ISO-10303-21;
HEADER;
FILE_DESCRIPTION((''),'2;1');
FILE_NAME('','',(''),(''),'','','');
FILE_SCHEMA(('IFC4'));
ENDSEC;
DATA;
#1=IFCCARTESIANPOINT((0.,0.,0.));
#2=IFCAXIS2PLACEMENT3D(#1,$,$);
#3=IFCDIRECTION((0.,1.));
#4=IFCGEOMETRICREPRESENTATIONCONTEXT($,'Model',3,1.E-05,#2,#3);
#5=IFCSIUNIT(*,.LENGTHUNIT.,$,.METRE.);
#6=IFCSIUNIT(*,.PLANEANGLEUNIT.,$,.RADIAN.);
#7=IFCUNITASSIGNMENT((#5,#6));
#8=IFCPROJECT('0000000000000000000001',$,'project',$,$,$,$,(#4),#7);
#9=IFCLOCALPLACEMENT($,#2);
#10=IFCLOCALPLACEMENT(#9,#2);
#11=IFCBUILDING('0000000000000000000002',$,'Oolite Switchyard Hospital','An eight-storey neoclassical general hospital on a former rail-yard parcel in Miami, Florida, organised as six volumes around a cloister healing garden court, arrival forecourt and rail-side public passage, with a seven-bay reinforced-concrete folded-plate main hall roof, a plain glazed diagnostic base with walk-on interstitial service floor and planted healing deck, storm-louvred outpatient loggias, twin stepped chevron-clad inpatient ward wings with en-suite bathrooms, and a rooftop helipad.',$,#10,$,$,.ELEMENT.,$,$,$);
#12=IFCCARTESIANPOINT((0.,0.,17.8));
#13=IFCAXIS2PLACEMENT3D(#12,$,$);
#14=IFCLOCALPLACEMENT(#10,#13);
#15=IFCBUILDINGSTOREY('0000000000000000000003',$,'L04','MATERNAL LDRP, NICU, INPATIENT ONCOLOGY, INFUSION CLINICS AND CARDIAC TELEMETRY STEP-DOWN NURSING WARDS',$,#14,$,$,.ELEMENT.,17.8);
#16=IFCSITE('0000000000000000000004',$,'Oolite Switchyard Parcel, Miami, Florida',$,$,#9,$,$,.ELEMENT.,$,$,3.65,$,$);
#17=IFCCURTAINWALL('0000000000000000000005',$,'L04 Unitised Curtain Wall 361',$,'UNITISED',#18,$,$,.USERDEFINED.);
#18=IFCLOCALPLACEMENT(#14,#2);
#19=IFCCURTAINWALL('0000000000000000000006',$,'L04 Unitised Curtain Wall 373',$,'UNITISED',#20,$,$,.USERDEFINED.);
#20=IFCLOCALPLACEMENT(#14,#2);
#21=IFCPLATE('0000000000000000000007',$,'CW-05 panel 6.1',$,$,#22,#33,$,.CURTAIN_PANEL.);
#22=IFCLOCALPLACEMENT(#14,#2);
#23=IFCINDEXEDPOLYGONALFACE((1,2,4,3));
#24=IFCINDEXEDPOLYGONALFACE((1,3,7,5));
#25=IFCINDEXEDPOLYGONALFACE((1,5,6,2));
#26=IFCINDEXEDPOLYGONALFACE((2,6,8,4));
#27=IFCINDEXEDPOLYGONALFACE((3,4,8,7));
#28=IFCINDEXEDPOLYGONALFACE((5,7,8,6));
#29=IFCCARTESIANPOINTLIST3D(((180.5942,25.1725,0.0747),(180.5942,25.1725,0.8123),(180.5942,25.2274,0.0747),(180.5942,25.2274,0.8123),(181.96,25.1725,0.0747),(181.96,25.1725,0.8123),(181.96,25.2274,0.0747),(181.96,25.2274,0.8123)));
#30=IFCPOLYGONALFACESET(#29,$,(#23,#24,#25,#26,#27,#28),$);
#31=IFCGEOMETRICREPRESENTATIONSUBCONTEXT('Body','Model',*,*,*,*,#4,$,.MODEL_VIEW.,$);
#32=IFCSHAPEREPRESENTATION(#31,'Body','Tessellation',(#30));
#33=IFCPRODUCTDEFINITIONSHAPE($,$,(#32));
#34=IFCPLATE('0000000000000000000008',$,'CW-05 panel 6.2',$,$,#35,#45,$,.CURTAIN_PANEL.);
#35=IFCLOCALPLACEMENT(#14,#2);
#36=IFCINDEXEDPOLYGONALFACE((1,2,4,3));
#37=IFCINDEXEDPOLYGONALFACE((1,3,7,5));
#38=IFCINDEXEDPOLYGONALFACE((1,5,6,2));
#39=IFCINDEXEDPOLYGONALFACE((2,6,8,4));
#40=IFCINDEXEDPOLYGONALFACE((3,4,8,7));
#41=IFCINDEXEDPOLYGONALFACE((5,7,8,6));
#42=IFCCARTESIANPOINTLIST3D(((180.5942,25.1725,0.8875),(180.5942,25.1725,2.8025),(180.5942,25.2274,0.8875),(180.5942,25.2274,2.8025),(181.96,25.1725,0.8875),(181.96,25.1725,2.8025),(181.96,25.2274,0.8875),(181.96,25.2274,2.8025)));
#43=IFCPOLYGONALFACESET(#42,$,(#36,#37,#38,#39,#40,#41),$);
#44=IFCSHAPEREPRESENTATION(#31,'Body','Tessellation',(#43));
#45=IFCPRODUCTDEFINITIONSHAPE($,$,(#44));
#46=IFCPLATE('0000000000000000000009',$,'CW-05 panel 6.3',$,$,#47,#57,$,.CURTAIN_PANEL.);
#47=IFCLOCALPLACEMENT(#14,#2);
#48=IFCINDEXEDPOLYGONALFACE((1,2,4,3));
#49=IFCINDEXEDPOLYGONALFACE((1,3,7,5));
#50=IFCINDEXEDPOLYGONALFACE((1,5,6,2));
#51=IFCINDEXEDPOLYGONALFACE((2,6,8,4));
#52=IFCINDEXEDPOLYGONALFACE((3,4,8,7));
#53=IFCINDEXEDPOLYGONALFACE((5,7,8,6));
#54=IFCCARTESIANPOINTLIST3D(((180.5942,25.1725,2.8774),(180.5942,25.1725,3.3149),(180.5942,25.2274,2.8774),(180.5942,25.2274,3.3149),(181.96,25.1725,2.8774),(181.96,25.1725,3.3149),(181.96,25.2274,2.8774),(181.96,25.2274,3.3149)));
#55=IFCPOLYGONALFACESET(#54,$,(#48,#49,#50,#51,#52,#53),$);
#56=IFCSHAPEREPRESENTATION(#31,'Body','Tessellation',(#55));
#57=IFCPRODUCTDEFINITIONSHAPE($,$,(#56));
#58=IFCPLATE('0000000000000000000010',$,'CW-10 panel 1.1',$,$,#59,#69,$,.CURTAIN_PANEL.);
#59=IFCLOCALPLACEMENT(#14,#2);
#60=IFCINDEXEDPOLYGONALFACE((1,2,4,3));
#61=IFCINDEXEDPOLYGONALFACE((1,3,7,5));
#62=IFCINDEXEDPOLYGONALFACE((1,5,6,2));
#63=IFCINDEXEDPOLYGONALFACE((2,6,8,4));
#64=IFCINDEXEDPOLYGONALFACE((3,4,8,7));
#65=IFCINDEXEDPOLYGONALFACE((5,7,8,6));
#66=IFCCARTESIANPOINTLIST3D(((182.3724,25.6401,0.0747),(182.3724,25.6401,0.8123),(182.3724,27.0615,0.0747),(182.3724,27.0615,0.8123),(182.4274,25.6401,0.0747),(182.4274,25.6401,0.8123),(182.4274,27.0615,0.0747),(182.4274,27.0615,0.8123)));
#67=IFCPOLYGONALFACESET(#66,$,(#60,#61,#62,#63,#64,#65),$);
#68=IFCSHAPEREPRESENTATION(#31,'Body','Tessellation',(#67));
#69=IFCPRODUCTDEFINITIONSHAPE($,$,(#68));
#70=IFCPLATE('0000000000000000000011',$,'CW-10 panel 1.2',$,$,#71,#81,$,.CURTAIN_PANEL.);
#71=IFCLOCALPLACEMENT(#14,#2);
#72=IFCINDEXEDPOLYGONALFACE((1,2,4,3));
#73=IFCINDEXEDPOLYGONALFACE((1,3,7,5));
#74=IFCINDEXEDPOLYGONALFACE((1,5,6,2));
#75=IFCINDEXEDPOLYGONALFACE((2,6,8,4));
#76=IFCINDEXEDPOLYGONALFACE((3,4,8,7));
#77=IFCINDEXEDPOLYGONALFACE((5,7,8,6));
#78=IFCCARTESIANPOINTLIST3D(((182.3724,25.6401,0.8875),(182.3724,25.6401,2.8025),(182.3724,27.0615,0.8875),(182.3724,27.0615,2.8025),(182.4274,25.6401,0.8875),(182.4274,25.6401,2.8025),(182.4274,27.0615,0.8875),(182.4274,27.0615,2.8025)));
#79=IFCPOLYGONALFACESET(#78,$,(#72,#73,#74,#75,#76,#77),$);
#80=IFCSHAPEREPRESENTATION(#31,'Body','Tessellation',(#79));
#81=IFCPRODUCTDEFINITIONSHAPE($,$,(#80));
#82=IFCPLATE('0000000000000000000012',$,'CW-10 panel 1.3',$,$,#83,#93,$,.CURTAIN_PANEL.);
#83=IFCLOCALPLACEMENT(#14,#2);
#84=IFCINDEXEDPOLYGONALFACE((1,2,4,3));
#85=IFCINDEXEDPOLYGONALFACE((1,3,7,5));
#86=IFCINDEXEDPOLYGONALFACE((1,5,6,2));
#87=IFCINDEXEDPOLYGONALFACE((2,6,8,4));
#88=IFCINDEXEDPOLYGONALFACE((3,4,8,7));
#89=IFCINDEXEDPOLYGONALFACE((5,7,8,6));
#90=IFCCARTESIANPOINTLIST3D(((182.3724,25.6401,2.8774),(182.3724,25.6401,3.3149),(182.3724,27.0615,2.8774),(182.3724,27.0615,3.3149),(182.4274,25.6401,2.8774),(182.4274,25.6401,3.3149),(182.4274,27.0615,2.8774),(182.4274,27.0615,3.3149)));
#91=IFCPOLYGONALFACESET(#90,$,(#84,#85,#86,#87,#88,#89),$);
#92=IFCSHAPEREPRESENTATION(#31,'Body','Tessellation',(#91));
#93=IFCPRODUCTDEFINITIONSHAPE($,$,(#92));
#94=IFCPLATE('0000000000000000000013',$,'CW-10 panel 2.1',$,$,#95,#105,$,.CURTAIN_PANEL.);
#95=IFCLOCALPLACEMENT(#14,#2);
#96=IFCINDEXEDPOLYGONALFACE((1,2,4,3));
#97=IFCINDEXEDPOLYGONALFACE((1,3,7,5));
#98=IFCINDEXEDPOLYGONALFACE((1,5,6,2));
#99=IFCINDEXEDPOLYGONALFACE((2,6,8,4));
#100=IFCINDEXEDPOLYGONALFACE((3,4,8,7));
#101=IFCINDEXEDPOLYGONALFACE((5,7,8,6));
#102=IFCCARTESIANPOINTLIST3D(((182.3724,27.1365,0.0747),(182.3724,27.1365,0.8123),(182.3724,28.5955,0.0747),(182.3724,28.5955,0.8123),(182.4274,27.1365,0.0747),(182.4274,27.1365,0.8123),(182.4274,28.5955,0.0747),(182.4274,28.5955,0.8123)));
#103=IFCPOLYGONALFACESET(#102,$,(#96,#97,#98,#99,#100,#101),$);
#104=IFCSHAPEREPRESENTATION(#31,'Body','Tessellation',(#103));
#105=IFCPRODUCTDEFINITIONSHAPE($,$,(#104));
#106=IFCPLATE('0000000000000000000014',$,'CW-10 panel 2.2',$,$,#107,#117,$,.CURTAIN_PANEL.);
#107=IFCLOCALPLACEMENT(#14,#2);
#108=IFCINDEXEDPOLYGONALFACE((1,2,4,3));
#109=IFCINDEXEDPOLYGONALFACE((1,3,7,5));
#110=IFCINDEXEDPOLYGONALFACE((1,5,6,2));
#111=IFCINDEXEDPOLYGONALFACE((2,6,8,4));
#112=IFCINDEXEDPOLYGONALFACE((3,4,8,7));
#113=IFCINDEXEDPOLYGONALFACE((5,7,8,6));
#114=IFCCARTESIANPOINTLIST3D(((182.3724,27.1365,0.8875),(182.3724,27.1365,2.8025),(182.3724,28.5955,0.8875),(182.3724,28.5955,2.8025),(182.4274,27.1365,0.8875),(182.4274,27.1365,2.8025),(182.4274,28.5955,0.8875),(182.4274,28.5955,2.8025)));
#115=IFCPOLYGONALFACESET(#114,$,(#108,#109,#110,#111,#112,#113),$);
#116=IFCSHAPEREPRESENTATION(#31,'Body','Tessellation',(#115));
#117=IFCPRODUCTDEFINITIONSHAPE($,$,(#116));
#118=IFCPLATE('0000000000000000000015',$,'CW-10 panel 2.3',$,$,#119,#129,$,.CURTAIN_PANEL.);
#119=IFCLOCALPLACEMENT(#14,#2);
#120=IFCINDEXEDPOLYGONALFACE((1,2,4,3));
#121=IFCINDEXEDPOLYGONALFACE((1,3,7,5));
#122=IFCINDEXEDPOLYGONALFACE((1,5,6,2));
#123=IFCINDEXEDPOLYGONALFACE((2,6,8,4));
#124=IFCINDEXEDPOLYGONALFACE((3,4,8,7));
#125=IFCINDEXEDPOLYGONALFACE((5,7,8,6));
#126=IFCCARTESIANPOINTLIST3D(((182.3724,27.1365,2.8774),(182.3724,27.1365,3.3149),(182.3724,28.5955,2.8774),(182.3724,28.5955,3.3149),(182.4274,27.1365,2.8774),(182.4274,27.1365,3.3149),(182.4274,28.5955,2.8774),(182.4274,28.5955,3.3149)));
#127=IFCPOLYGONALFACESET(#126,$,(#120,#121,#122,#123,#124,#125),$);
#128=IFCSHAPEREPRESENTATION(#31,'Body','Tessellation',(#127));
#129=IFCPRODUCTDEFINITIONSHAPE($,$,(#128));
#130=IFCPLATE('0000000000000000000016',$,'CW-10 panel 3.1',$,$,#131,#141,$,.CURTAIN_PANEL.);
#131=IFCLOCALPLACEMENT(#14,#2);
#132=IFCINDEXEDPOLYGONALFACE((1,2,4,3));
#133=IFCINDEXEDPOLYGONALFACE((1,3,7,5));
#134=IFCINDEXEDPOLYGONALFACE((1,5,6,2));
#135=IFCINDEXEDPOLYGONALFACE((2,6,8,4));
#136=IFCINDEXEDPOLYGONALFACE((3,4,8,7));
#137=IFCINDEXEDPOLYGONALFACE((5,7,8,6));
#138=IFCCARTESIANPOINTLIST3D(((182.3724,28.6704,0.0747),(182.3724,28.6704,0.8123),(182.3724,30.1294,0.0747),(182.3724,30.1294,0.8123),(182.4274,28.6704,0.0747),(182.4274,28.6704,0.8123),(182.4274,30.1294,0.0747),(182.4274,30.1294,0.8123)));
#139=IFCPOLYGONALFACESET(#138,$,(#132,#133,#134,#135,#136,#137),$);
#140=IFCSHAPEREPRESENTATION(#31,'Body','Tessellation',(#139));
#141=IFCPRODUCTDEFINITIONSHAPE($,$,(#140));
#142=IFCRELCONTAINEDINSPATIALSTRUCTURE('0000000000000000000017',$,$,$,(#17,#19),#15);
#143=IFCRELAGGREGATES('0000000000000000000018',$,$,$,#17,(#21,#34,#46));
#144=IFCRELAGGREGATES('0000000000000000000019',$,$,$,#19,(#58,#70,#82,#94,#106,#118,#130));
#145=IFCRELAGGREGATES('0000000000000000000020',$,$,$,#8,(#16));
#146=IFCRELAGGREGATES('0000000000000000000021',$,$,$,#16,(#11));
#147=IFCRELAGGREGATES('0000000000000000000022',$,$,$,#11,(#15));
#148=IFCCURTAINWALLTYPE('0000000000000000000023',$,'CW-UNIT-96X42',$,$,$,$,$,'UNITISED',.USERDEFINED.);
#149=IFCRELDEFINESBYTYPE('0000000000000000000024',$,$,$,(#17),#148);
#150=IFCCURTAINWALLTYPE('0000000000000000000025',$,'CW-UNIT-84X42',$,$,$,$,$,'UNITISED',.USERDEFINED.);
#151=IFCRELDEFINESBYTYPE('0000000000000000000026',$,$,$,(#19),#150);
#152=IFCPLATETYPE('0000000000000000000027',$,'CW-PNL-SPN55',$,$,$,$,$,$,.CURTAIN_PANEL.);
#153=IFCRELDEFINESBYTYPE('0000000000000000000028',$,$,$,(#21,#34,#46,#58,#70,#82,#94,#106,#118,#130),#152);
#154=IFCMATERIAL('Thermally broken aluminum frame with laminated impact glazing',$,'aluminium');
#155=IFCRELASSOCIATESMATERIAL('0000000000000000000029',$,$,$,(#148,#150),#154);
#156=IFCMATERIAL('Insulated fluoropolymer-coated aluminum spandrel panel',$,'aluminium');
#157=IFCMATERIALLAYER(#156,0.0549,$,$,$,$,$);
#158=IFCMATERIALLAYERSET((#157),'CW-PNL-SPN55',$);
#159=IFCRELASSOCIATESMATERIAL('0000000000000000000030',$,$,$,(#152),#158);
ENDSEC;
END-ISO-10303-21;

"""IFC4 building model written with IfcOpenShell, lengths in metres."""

from ifc_helpers import new_model, si_unit, direction, frame, origin, origin_2d, place, context, subcontext, project, spatial, rectangle, extrude, material, layer, layer_set, type_object, element, aggregate, save


model = new_model("IFC4")

# Units and contexts
model_context = context("Model", 3, precision=1e-05, world=origin(), true_north=direction((0.0, 1.0)))
body_context = subcontext(model_context, "Body", "Model", "MODEL_VIEW")
ifc_project = project(units=[si_unit("LENGTHUNIT", "METRE"), si_unit("PLANEANGLEUNIT", "RADIAN")], contexts=[model_context])

# Site, building, storey
site_placement = place(None, origin())
site = spatial("IfcSite", under=ifc_project, at=site_placement, Name="Oolite Switchyard Parcel, Miami, Florida", CompositionType="ELEMENT", RefElevation=3.65)
building_placement = place(site_placement, origin())
building = spatial("IfcBuilding", under=site, at=building_placement, Name="Oolite Switchyard Hospital", Description="An eight-storey neoclassical general hospital on a former rail-yard parcel in Miami, Florida, organised as six volumes around a cloister healing garden court, arrival forecourt and rail-side public passage, with a seven-bay reinforced-concrete folded-plate main hall roof, a plain glazed diagnostic base with walk-on interstitial service floor and planted healing deck, storm-louvred outpatient loggias, twin stepped chevron-clad inpatient ward wings with en-suite bathrooms, and a rooftop helipad.", CompositionType="ELEMENT")
storey_placement = place(building_placement, frame((0.0, 0.0, 17.8)))
storey = spatial("IfcBuildingStorey", under=building, at=storey_placement, Name="L04", Description="MATERNAL LDRP, NICU, INPATIENT ONCOLOGY, INFUSION CLINICS AND CARDIAC TELEMETRY STEP-DOWN NURSING WARDS", CompositionType="ELEMENT", Elevation=17.8)

# Curtain walls
ifc_material_1 = material(Name="Thermally broken aluminum frame with laminated impact glazing", Category="aluminium")
curtain_wall_type_1 = type_object("IfcCurtainWallType", Name="CW-UNIT-96X42", ElementType="UNITISED", PredefinedType="USERDEFINED", material=ifc_material_1)
curtain_wall_1_placement = place(storey_placement, origin())
curtain_wall_1 = element("IfcCurtainWall", 1, at=curtain_wall_1_placement, inside=storey, type_object=curtain_wall_type_1, Name="L04 Unitised Curtain Wall 361", ObjectType="UNITISED", PredefinedType="USERDEFINED")
curtain_wall_type_2 = type_object("IfcCurtainWallType", Name="CW-UNIT-84X42", ElementType="UNITISED", PredefinedType="USERDEFINED", material=ifc_material_1)
curtain_wall_2_placement = place(storey_placement, origin())
curtain_wall_2 = element("IfcCurtainWall", 2, at=curtain_wall_2_placement, inside=storey, type_object=curtain_wall_type_2, Name="L04 Unitised Curtain Wall 373", ObjectType="UNITISED", PredefinedType="USERDEFINED")

# Plates
ifc_material_2 = material(Name="Insulated fluoropolymer-coated aluminum spandrel panel", Category="aluminium")
ifc_layer = layer(ifc_material_2, 0.0549)
ifc_layer_set = layer_set([ifc_layer], Name="CW-PNL-SPN55")
plate_type = type_object("IfcPlateType", Name="CW-PNL-SPN55", PredefinedType="CURTAIN_PANEL", material=ifc_layer_set)
plate_1_placement = place(storey_placement, frame((181.2771, 25.2, 0.0747), z_axis=(0.0, 0.0, 1.0), x_axis=(1.0, 0.0, 0.0)))
plate_1 = element("IfcPlate", 3, at=plate_1_placement, type_object=plate_type, Name="CW-05 panel 6.1", PredefinedType="CURTAIN_PANEL", context=body_context, shape_type="SweptSolid", body=[
    extrude(rectangle(XDim=1.3657, YDim=0.0549, at=origin_2d()), origin(), (0.0, 0.0, 1.0), 0.7375),
])
plate_2_placement = place(storey_placement, frame((181.2771, 25.2, 0.8875), z_axis=(0.0, 0.0, 1.0), x_axis=(1.0, 0.0, 0.0)))
plate_2 = element("IfcPlate", 4, at=plate_2_placement, type_object=plate_type, Name="CW-05 panel 6.2", PredefinedType="CURTAIN_PANEL", context=body_context, shape_type="SweptSolid", body=[
    extrude(rectangle(XDim=1.3657, YDim=0.0549, at=origin_2d()), origin(), (0.0, 0.0, 1.0), 1.915),
])
plate_3_placement = place(storey_placement, frame((181.2771, 25.2, 2.8774), z_axis=(0.0, 0.0, 1.0), x_axis=(1.0, 0.0, 0.0)))
plate_3 = element("IfcPlate", 5, at=plate_3_placement, type_object=plate_type, Name="CW-05 panel 6.3", PredefinedType="CURTAIN_PANEL", context=body_context, shape_type="SweptSolid", body=[
    extrude(rectangle(XDim=1.3657, YDim=0.0549, at=origin_2d()), origin(), (0.0, 0.0, 1.0), 0.4375),
])
aggregate(curtain_wall_1, [plate_1, plate_2, plate_3])
plate_4_placement = place(storey_placement, frame((182.3999, 26.3508, 0.0747), z_axis=(0.0, 0.0, 1.0), x_axis=(0.0, 1.0, 0.0)))
plate_4 = element("IfcPlate", 6, at=plate_4_placement, type_object=plate_type, Name="CW-10 panel 1.1", PredefinedType="CURTAIN_PANEL", context=body_context, shape_type="SweptSolid", body=[
    extrude(rectangle(XDim=1.4214, YDim=0.0549, at=origin_2d()), origin(), (0.0, 0.0, 1.0), 0.7375),
])
plate_5_placement = place(storey_placement, frame((182.3999, 26.3508, 0.8875), z_axis=(0.0, 0.0, 1.0), x_axis=(0.0, 1.0, 0.0)))
plate_5 = element("IfcPlate", 7, at=plate_5_placement, type_object=plate_type, Name="CW-10 panel 1.2", PredefinedType="CURTAIN_PANEL", context=body_context, shape_type="SweptSolid", body=[
    extrude(rectangle(XDim=1.4214, YDim=0.0549, at=origin_2d()), origin(), (0.0, 0.0, 1.0), 1.915),
])
plate_6_placement = place(storey_placement, frame((182.3999, 26.3508, 2.8774), z_axis=(0.0, 0.0, 1.0), x_axis=(0.0, 1.0, 0.0)))
plate_6 = element("IfcPlate", 8, at=plate_6_placement, type_object=plate_type, Name="CW-10 panel 1.3", PredefinedType="CURTAIN_PANEL", context=body_context, shape_type="SweptSolid", body=[
    extrude(rectangle(XDim=1.4214, YDim=0.0549, at=origin_2d()), origin(), (0.0, 0.0, 1.0), 0.4375),
])
plate_7_placement = place(storey_placement, frame((182.3999, 27.866, 0.0747), z_axis=(0.0, 0.0, 1.0), x_axis=(0.0, 1.0, 0.0)))
plate_7 = element("IfcPlate", 9, at=plate_7_placement, type_object=plate_type, Name="CW-10 panel 2.1", PredefinedType="CURTAIN_PANEL", context=body_context, shape_type="SweptSolid", body=[
    extrude(rectangle(XDim=1.459, YDim=0.0549, at=origin_2d()), origin(), (0.0, 0.0, 1.0), 0.7375),
])
plate_8_placement = place(storey_placement, frame((182.3999, 27.866, 0.8875), z_axis=(0.0, 0.0, 1.0), x_axis=(0.0, 1.0, 0.0)))
plate_8 = element("IfcPlate", 10, at=plate_8_placement, type_object=plate_type, Name="CW-10 panel 2.2", PredefinedType="CURTAIN_PANEL", context=body_context, shape_type="SweptSolid", body=[
    extrude(rectangle(XDim=1.459, YDim=0.0549, at=origin_2d()), origin(), (0.0, 0.0, 1.0), 1.915),
])
plate_9_placement = place(storey_placement, frame((182.3999, 27.866, 2.8774), z_axis=(0.0, 0.0, 1.0), x_axis=(0.0, 1.0, 0.0)))
plate_9 = element("IfcPlate", 11, at=plate_9_placement, type_object=plate_type, Name="CW-10 panel 2.3", PredefinedType="CURTAIN_PANEL", context=body_context, shape_type="SweptSolid", body=[
    extrude(rectangle(XDim=1.459, YDim=0.0549, at=origin_2d()), origin(), (0.0, 0.0, 1.0), 0.4375),
])
plate_10_placement = place(storey_placement, frame((182.3999, 29.3999, 0.0747), z_axis=(0.0, 0.0, 1.0), x_axis=(0.0, 1.0, 0.0)))
plate_10 = element("IfcPlate", 12, at=plate_10_placement, type_object=plate_type, Name="CW-10 panel 3.1", PredefinedType="CURTAIN_PANEL", context=body_context, shape_type="SweptSolid", body=[
    extrude(rectangle(XDim=1.459, YDim=0.0549, at=origin_2d()), origin(), (0.0, 0.0, 1.0), 0.7375),
])
aggregate(curtain_wall_2, [plate_4, plate_5, plate_6, plate_7, plate_8, plate_9, plate_10])

save(model, "model.ifc")
